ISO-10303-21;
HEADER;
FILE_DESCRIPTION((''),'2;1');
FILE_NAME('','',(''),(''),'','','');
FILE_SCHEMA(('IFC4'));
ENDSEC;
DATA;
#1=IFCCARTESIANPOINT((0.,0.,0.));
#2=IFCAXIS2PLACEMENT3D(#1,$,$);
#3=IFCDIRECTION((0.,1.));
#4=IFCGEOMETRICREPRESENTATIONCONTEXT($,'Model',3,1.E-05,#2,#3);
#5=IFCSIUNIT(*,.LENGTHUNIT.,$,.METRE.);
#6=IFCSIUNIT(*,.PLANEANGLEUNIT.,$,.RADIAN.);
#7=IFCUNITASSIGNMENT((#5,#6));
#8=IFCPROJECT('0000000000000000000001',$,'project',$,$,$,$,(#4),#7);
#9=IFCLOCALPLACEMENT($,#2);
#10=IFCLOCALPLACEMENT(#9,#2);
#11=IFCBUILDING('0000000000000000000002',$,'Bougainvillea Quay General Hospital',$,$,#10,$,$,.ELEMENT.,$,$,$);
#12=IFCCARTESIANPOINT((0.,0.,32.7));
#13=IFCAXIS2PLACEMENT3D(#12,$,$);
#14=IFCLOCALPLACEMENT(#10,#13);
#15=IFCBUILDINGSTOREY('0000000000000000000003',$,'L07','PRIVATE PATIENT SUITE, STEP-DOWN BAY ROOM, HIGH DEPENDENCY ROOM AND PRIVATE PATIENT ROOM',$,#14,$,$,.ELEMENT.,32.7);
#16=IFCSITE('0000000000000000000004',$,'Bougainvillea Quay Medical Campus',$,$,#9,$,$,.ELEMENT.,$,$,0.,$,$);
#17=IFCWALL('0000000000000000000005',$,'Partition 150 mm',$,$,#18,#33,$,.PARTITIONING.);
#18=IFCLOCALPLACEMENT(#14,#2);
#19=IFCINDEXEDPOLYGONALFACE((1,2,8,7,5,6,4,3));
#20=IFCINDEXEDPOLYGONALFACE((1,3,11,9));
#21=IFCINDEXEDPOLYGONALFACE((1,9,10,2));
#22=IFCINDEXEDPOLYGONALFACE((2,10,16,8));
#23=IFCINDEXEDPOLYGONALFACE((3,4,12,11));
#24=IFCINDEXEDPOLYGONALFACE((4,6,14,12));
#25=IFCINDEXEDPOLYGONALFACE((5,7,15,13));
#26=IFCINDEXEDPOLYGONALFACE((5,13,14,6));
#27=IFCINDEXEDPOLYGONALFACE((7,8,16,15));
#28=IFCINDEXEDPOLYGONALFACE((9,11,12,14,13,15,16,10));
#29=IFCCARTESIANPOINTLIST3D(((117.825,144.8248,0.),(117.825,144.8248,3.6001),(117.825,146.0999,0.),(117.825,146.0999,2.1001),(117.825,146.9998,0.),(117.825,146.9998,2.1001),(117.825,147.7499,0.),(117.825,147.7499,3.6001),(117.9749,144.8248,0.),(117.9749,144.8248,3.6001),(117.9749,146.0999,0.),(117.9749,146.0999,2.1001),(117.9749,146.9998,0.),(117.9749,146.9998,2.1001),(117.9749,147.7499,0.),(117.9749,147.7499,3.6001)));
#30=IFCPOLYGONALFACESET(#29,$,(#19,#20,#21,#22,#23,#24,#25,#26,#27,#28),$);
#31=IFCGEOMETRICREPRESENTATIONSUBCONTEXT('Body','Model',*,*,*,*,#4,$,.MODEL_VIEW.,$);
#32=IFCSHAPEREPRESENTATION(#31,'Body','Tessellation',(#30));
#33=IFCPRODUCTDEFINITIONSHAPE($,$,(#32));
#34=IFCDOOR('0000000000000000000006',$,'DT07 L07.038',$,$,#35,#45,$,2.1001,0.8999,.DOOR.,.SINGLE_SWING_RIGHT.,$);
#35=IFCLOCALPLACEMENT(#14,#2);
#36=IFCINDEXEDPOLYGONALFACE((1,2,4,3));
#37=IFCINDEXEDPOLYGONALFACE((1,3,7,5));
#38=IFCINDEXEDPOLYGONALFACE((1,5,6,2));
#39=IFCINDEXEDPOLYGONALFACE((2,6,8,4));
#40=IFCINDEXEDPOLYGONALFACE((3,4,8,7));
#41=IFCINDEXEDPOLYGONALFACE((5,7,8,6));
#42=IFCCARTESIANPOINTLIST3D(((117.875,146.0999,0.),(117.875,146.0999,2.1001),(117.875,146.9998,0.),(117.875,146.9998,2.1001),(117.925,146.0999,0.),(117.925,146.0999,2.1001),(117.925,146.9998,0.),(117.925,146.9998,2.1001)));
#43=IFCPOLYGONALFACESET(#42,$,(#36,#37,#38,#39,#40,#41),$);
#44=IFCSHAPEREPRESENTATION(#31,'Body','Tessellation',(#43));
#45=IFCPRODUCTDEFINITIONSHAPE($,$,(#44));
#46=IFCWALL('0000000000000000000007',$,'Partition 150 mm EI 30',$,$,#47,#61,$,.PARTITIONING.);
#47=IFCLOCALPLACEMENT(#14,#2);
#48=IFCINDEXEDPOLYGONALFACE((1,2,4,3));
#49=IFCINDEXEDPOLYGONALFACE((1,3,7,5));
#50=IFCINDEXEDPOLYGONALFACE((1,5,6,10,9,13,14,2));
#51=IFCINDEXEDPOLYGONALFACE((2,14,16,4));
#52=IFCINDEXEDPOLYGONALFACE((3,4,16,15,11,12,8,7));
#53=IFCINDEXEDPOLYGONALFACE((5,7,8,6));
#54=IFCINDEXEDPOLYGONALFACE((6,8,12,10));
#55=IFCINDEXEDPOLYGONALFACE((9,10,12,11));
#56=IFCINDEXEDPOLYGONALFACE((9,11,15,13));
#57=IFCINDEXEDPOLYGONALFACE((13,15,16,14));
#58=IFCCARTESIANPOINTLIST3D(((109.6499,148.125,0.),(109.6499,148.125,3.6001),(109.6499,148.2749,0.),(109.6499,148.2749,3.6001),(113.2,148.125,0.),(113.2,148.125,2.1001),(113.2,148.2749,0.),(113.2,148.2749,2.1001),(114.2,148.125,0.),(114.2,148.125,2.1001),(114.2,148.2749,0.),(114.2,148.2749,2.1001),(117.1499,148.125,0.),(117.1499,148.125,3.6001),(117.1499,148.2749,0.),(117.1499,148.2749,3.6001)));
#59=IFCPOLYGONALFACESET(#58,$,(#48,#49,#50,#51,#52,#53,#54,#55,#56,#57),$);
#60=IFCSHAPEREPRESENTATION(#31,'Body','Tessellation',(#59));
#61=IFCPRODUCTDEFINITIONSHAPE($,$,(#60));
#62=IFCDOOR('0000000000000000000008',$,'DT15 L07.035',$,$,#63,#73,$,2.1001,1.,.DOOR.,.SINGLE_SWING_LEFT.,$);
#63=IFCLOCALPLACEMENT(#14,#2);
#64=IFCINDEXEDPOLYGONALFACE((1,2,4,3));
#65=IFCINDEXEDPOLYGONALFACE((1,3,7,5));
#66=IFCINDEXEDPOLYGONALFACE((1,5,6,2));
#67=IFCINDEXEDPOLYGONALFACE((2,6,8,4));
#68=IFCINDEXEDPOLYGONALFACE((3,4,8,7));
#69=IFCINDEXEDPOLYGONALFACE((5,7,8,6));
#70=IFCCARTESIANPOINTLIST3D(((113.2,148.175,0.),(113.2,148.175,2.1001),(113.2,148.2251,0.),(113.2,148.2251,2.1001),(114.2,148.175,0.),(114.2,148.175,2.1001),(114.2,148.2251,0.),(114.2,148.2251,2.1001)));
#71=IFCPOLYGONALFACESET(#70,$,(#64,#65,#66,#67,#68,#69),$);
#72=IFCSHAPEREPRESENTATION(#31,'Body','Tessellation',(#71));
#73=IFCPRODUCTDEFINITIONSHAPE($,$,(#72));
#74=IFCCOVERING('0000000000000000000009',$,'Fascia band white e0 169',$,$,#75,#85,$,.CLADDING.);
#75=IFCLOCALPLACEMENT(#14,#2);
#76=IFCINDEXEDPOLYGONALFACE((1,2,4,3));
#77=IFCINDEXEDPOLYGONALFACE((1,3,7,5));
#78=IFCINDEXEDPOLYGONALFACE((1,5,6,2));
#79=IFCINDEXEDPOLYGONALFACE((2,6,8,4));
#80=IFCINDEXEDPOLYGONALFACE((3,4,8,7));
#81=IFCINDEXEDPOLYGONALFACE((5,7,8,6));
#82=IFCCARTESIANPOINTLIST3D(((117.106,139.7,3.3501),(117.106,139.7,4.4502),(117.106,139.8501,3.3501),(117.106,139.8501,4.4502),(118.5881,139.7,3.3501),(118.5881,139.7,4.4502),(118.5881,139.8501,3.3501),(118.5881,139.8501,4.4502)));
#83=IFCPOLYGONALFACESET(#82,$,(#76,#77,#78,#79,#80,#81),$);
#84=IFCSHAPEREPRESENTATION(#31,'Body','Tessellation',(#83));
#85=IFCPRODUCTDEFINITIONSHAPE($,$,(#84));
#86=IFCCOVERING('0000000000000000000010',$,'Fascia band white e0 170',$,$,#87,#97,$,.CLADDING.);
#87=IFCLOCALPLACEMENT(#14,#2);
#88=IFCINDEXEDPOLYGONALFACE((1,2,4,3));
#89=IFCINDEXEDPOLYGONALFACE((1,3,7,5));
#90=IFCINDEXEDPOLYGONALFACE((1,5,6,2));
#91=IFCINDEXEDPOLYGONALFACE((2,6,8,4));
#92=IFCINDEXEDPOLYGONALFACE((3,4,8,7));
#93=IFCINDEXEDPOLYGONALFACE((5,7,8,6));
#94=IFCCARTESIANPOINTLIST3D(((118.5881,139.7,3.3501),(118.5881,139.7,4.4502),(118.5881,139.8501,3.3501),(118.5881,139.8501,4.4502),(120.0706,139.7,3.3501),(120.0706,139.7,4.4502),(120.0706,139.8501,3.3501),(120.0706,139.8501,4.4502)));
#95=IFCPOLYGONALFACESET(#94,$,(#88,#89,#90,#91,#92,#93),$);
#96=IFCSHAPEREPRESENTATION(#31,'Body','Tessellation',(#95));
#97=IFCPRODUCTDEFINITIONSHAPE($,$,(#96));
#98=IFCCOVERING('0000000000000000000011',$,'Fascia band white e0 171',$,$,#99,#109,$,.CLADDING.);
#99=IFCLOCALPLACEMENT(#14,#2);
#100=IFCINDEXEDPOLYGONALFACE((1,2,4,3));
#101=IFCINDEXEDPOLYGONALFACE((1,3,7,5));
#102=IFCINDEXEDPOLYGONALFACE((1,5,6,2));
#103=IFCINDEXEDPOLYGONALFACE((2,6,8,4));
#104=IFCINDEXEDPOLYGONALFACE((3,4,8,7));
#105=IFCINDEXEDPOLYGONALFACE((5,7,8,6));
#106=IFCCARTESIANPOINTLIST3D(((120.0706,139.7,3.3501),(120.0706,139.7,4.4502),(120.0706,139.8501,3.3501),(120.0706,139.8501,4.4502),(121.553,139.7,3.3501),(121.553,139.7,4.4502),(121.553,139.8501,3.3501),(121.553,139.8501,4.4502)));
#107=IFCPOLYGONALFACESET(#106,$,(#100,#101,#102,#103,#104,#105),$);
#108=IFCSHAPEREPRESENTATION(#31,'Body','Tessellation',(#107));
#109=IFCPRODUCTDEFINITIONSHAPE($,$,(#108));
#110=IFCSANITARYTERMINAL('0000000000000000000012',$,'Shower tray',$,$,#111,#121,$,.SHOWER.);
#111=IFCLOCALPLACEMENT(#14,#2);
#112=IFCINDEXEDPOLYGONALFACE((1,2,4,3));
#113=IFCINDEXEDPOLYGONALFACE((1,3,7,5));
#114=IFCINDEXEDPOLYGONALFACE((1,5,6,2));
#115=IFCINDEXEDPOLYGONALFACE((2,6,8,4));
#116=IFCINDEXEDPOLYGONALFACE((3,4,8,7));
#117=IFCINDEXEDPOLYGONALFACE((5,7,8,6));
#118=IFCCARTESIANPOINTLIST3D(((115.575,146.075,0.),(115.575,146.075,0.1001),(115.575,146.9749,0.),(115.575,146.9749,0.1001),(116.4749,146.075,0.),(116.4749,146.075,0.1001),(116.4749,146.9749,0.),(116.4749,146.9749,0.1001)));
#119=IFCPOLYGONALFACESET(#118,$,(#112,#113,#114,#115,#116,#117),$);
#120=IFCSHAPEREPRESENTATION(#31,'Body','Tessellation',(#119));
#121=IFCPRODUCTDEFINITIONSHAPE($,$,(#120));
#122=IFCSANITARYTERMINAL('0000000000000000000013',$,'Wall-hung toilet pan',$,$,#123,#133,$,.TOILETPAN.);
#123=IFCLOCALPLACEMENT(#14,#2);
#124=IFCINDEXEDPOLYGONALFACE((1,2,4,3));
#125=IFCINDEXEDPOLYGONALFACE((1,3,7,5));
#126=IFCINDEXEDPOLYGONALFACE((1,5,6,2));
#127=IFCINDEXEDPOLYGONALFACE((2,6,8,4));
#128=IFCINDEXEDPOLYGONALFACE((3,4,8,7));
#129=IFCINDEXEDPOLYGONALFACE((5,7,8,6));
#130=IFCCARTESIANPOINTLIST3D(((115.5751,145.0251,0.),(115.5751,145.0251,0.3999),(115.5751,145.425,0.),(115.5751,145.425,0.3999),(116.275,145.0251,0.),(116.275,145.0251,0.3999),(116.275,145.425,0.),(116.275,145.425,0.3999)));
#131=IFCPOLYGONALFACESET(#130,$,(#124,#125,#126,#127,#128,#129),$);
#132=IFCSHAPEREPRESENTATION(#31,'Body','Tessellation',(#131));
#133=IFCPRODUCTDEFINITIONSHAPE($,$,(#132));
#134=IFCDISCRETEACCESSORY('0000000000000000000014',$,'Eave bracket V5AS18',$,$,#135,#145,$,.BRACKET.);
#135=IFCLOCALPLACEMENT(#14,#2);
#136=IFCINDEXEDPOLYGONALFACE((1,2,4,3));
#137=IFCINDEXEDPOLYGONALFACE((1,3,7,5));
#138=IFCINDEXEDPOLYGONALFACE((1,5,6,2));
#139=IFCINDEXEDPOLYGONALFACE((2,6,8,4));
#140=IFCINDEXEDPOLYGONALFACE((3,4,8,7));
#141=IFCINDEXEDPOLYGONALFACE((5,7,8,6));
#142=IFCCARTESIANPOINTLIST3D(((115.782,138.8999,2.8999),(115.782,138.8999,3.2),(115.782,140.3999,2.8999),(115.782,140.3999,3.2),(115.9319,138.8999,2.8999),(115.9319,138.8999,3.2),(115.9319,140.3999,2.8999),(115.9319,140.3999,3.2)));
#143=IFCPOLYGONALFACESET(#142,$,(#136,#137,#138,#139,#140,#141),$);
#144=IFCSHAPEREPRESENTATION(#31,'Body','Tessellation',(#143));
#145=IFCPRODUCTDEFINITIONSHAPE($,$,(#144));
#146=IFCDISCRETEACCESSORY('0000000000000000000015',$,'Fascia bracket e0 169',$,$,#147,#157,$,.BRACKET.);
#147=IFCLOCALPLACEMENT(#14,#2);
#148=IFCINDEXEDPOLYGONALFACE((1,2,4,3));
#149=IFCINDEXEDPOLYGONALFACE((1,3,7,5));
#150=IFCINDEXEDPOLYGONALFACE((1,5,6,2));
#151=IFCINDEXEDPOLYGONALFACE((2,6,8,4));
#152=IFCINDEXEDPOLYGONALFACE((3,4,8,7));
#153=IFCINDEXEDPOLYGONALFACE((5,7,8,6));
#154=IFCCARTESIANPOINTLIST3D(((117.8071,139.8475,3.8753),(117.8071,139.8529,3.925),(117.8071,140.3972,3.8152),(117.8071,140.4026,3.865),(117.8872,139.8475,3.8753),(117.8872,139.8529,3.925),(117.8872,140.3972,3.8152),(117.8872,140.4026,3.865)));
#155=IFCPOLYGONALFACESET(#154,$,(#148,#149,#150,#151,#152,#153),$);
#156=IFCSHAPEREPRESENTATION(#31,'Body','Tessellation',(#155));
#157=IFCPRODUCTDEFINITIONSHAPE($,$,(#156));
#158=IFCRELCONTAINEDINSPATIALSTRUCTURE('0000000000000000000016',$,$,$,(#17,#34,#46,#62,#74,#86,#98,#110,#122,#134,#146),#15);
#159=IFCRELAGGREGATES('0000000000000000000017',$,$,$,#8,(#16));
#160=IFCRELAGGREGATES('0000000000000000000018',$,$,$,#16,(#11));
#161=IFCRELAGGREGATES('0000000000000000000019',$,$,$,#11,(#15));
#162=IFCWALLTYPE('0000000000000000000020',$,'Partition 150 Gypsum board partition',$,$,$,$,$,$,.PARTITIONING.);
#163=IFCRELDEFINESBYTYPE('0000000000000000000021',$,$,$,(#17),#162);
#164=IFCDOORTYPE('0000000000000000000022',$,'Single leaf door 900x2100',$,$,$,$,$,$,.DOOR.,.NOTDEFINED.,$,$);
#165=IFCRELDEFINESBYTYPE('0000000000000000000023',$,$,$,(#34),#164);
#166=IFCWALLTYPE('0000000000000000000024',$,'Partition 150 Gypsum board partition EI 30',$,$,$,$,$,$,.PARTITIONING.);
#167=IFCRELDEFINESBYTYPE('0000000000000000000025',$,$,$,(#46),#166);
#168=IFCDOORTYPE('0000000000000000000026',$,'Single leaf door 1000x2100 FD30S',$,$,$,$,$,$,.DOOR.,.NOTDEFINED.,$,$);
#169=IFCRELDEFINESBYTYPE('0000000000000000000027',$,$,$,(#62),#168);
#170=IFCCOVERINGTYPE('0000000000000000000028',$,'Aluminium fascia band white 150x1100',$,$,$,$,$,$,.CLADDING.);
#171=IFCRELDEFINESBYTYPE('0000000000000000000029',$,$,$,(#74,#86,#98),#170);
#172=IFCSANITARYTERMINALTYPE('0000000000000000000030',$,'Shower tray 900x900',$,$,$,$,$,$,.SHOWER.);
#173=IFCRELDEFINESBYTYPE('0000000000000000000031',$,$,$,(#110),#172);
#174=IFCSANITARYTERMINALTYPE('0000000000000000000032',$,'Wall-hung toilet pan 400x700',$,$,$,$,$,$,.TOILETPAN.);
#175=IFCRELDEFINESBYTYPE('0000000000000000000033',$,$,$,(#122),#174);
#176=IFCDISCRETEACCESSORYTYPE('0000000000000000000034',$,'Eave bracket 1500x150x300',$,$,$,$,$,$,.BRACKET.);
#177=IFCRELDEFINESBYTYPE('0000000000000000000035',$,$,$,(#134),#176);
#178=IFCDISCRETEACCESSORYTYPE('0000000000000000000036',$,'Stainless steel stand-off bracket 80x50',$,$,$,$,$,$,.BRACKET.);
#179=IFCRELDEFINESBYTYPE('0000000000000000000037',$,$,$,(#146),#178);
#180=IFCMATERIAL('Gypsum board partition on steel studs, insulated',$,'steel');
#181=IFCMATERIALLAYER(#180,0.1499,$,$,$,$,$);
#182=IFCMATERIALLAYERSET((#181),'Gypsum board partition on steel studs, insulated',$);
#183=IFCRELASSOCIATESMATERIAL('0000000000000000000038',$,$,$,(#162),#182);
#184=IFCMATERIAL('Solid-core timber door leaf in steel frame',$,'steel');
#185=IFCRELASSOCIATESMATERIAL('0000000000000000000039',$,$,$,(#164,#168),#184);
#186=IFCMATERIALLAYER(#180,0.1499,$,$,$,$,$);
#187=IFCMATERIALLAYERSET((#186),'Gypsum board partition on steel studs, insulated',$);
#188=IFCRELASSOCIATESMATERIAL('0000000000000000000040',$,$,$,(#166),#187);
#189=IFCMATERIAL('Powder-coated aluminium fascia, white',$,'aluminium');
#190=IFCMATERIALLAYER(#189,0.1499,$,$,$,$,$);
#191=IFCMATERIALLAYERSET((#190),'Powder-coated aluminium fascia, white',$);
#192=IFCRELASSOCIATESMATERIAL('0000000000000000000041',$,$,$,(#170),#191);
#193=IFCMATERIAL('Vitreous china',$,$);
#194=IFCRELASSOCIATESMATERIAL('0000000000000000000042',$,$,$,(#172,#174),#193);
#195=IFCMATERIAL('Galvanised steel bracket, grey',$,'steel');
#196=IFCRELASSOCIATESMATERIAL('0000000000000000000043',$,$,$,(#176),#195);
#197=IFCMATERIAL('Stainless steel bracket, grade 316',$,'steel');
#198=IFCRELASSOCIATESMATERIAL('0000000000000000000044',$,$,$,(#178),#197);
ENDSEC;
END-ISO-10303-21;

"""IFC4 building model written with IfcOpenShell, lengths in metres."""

from ifc_helpers import new_model, si_unit, direction, frame, frame_2d, origin, origin_2d, place, context, subcontext, project, spatial, polyline, rectangle, outline, extrude, material, layer, layer_set, material_profile, profile_set, type_object, element, fill, save


model = new_model("IFC4")

# Units and contexts
model_context = context("Model", 3, precision=1e-05, world=origin(), true_north=direction((0.0, 1.0)))
body_context = subcontext(model_context, "Body", "Model", "MODEL_VIEW")
ifc_project = project(units=[si_unit("LENGTHUNIT", "METRE"), si_unit("PLANEANGLEUNIT", "RADIAN")], contexts=[model_context])

# Site, building, storey
site_placement = place(None, origin())
site = spatial("IfcSite", under=ifc_project, at=site_placement, Name="Bougainvillea Quay Medical Campus", CompositionType="ELEMENT", RefElevation=0.0)
building_placement = place(site_placement, origin())
building = spatial("IfcBuilding", under=site, at=building_placement, Name="Bougainvillea Quay General Hospital", CompositionType="ELEMENT")
storey_placement = place(building_placement, frame((0.0, 0.0, 32.7)))
storey = spatial("IfcBuildingStorey", under=building, at=storey_placement, Name="L07", Description="PRIVATE PATIENT SUITE, STEP-DOWN BAY ROOM, HIGH DEPENDENCY ROOM AND PRIVATE PATIENT ROOM", CompositionType="ELEMENT", Elevation=32.7)

# Shared definitions
ifc_material_1 = material(Name="Gypsum board partition on steel studs, insulated", Category="steel")
ifc_layer_1 = layer(ifc_material_1, 0.1499)
ifc_layer_set_1 = layer_set([ifc_layer_1], Name="Gypsum board partition on steel studs, insulated")
wall_type_1 = type_object("IfcWallType", Name="Partition 150 Gypsum board partition", PredefinedType="PARTITIONING", material=ifc_layer_set_1)

# Walls, openings, doors
wall_1_placement = place(storey_placement, frame((117.8999, 144.825, 0.0), z_axis=(0.0, 0.0, 1.0), x_axis=(0.0, 1.0, 0.0)))
wall_1 = element("IfcWall", 1, at=wall_1_placement, inside=storey, type_object=wall_type_1, Name="Partition 150 mm", PredefinedType="PARTITIONING", context=body_context, shape_type="SweptSolid", body=[
    extrude(rectangle(XDim=2.925, YDim=0.1499, at=frame_2d((1.4624, 0.0))), origin(), (0.0, 0.0, 1.0), 3.6001),
])
opening_1_placement = place(wall_1_placement, frame((1.2749, 0.0, 0.0)))
opening_1 = element("IfcOpeningElement", 2, at=opening_1_placement, cuts=wall_1, PredefinedType="OPENING", context=body_context, shape_type="SweptSolid", body=[
    extrude(rectangle(XDim=0.8999, YDim=2.1001, at=frame_2d((0.45, 1.05))), frame((0.0, 0.085, 0.0), z_axis=(0.0, -1.0, 0.0), x_axis=(1.0, 0.0, 0.0)), (0.0, 0.0, 1.0), 0.1699),
])
ifc_material_2 = material(Name="Solid-core timber door leaf in steel frame", Category="steel")
door_type_1 = type_object("IfcDoorType", Name="Single leaf door 900x2100", OperationType="NOTDEFINED", PredefinedType="DOOR", material=ifc_material_2)
door_1_placement = place(opening_1_placement, origin())
door_1 = element("IfcDoor", 3, at=door_1_placement, inside=storey, type_object=door_type_1, Name="DT07 L07.038", OperationType="SINGLE_SWING_RIGHT", OverallHeight=2.1001, OverallWidth=0.8999, PredefinedType="DOOR", context=body_context, shape_type="SweptSolid", body=[
    extrude(rectangle(XDim=0.8999, YDim=2.1001, at=frame_2d((0.45, 1.05))), frame((0.0, 0.0249, 0.0), z_axis=(0.0, -1.0, 0.0), x_axis=(1.0, 0.0, 0.0)), (0.0, 0.0, 1.0), 0.05),
])
fill(opening_1, door_1)
ifc_layer_2 = layer(ifc_material_1, 0.1499)
ifc_layer_set_2 = layer_set([ifc_layer_2], Name="Gypsum board partition on steel studs, insulated")
wall_type_2 = type_object("IfcWallType", Name="Partition 150 Gypsum board partition EI 30", PredefinedType="PARTITIONING", material=ifc_layer_set_2)
wall_2_placement = place(storey_placement, frame((117.1499, 148.2, 0.0), z_axis=(0.0, 0.0, 1.0), x_axis=(-1.0, 0.0, 0.0)))
wall_2 = element("IfcWall", 4, at=wall_2_placement, inside=storey, type_object=wall_type_2, Name="Partition 150 mm EI 30", PredefinedType="PARTITIONING", context=body_context, shape_type="SweptSolid", body=[
    extrude(rectangle(XDim=7.5, YDim=0.1499, at=frame_2d((3.75, 0.0))), origin(), (0.0, 0.0, 1.0), 3.6001),
])
opening_2_placement = place(wall_2_placement, frame((2.95, 0.0, 0.0)))
opening_2 = element("IfcOpeningElement", 5, at=opening_2_placement, cuts=wall_2, PredefinedType="OPENING", context=body_context, shape_type="SweptSolid", body=[
    extrude(rectangle(XDim=1.0, YDim=2.1001, at=frame_2d((0.5, 1.05))), frame((0.0, 0.085, 0.0), z_axis=(0.0, -1.0, 0.0), x_axis=(1.0, 0.0, 0.0)), (0.0, 0.0, 1.0), 0.1699),
])
door_type_2 = type_object("IfcDoorType", Name="Single leaf door 1000x2100 FD30S", OperationType="NOTDEFINED", PredefinedType="DOOR", material=ifc_material_2)
door_2_placement = place(opening_2_placement, origin())
door_2 = element("IfcDoor", 6, at=door_2_placement, inside=storey, type_object=door_type_2, Name="DT15 L07.035", OperationType="SINGLE_SWING_LEFT", OverallHeight=2.1001, OverallWidth=1.0, PredefinedType="DOOR", context=body_context, shape_type="SweptSolid", body=[
    extrude(rectangle(XDim=1.0, YDim=2.1001, at=frame_2d((0.5, 1.05))), frame((0.0, 0.0249, 0.0), z_axis=(0.0, -1.0, 0.0), x_axis=(1.0, 0.0, 0.0)), (0.0, 0.0, 1.0), 0.05),
])
fill(opening_2, door_2)

# Coverings
ifc_material_3 = material(Name="Powder-coated aluminium fascia, white", Category="aluminium")
ifc_layer_3 = layer(ifc_material_3, 0.1499)
ifc_layer_set_3 = layer_set([ifc_layer_3], Name="Powder-coated aluminium fascia, white")
covering_type = type_object("IfcCoveringType", Name="Aluminium fascia band white 150x1100", PredefinedType="CLADDING", material=ifc_layer_set_3)
covering_placement = place(storey_placement, frame((117.106, 139.8501, 3.3501), z_axis=(0.0, 0.0, 1.0), x_axis=(1.0, 0.0, 0.0)))
element("IfcCovering", 7, at=covering_placement, inside=storey, type_object=covering_type, Name="Fascia band white e0 169", PredefinedType="CLADDING", context=body_context, shape_type="SweptSolid", body=[
    extrude(outline(polyline([(0.0, 0.0), (1.4822, 0.0), (1.4822, -0.1501), (0.0, -0.1501), (0.0, 0.0)])), origin(), (0.0, 0.0, 1.0), 1.1001),
])
for number, where, z_axis, x_axis, name in (
    (8, (118.5881, 139.8501, 3.3501), (0.0, 0.0, 1.0), (1.0, 0.0, 0.0), "Fascia band white e0 170"),
    (9, (120.0706, 139.8501, 3.3501), (0.0, 0.0, 1.0), (1.0, 0.0, 0.0), "Fascia band white e0 171"),
):
    element("IfcCovering", number, at=place(storey_placement, frame(where, z_axis=z_axis, x_axis=x_axis)), inside=storey, type_object=covering_type, Name=name, PredefinedType="CLADDING", context=body_context, shape_type="SweptSolid", body=[
        extrude(outline(polyline([(0.0, 0.0), (1.4824, 0.0), (1.4824, -0.1501), (0.0, -0.1501), (0.0, 0.0)])), origin(), (0.0, 0.0, 1.0), 1.1001),
    ])

# Sanitary terminals
ifc_material_4 = material(Name="Vitreous china")
sanitary_terminal_type_1 = type_object("IfcSanitaryTerminalType", Name="Shower tray 900x900", PredefinedType="SHOWER", material=ifc_material_4)
sanitary_terminal_1_placement = place(storey_placement, frame((116.0249, 146.5249, 0.0), z_axis=(0.0, 0.0, 1.0), x_axis=(0.0, 1.0, 0.0)))
element("IfcSanitaryTerminal", 10, at=sanitary_terminal_1_placement, inside=storey, type_object=sanitary_terminal_type_1, Name="Shower tray", PredefinedType="SHOWER", context=body_context, shape_type="SweptSolid", body=[
    extrude(rectangle(XDim=0.8999, YDim=0.8999, at=origin_2d()), origin(), (0.0, 0.0, 1.0), 0.1001),
])
sanitary_terminal_type_2 = type_object("IfcSanitaryTerminalType", Name="Wall-hung toilet pan 400x700", PredefinedType="TOILETPAN", material=ifc_material_4)
sanitary_terminal_2_placement = place(storey_placement, frame((115.925, 145.2251, 0.0), z_axis=(0.0, 0.0, 1.0), x_axis=(0.0, 1.0, 0.0)))
element("IfcSanitaryTerminal", 11, at=sanitary_terminal_2_placement, inside=storey, type_object=sanitary_terminal_type_2, Name="Wall-hung toilet pan", PredefinedType="TOILETPAN", context=body_context, shape_type="SweptSolid", body=[
    extrude(rectangle(XDim=0.3999, YDim=0.7, at=origin_2d()), origin(), (0.0, 0.0, 1.0), 0.3999),
])

# Discrete accessories
ifc_material_5 = material(Name="Galvanised steel bracket, grey", Category="steel")
discrete_accessory_type_1 = type_object("IfcDiscreteAccessoryType", Name="Eave bracket 1500x150x300", PredefinedType="BRACKET", material=ifc_material_5)
discrete_accessory_1_placement = place(storey_placement, frame((115.8569, 139.6499, 2.8999), z_axis=(0.0, 0.0, 1.0), x_axis=(1.0, 0.0, 0.0)))
element("IfcDiscreteAccessory", 12, at=discrete_accessory_1_placement, inside=storey, type_object=discrete_accessory_type_1, Name="Eave bracket V5AS18", PredefinedType="BRACKET", context=body_context, shape_type="SweptSolid", body=[
    extrude(rectangle(XDim=0.1499, YDim=1.5, at=origin_2d()), origin(), (0.0, 0.0, 1.0), 0.3),
])
ifc_material_6 = material(Name="Stainless steel bracket, grade 316", Category="steel")
ifc_material_profile_1 = material_profile(ifc_material_6, rectangle(XDim=0.0801, YDim=0.05, at=origin_2d()))
ifc_profile_set_1 = profile_set([ifc_material_profile_1], Name="Stainless steel bracket, grade 316")
discrete_accessory_type_2 = type_object("IfcDiscreteAccessoryType", Name="Stainless steel stand-off bracket 80x50", PredefinedType="BRACKET", material=ifc_profile_set_1)
discrete_accessory_2_placement = place(storey_placement, frame((117.8472, 140.3999, 3.8401), z_axis=(0.0, -0.994087, 0.10859), x_axis=(1.0, 0.0, 0.0)))
element("IfcDiscreteAccessory", 13, at=discrete_accessory_2_placement, inside=storey, type_object=discrete_accessory_type_2, Name="Fascia bracket e0 169", PredefinedType="BRACKET", context=body_context, shape_type="SweptSolid", body=[
    extrude(rectangle(XDim=0.0801, YDim=0.05, at=origin_2d()), origin(), (0.0, 0.0, 1.0), 0.553),
])

save(model, "model.ifc")
